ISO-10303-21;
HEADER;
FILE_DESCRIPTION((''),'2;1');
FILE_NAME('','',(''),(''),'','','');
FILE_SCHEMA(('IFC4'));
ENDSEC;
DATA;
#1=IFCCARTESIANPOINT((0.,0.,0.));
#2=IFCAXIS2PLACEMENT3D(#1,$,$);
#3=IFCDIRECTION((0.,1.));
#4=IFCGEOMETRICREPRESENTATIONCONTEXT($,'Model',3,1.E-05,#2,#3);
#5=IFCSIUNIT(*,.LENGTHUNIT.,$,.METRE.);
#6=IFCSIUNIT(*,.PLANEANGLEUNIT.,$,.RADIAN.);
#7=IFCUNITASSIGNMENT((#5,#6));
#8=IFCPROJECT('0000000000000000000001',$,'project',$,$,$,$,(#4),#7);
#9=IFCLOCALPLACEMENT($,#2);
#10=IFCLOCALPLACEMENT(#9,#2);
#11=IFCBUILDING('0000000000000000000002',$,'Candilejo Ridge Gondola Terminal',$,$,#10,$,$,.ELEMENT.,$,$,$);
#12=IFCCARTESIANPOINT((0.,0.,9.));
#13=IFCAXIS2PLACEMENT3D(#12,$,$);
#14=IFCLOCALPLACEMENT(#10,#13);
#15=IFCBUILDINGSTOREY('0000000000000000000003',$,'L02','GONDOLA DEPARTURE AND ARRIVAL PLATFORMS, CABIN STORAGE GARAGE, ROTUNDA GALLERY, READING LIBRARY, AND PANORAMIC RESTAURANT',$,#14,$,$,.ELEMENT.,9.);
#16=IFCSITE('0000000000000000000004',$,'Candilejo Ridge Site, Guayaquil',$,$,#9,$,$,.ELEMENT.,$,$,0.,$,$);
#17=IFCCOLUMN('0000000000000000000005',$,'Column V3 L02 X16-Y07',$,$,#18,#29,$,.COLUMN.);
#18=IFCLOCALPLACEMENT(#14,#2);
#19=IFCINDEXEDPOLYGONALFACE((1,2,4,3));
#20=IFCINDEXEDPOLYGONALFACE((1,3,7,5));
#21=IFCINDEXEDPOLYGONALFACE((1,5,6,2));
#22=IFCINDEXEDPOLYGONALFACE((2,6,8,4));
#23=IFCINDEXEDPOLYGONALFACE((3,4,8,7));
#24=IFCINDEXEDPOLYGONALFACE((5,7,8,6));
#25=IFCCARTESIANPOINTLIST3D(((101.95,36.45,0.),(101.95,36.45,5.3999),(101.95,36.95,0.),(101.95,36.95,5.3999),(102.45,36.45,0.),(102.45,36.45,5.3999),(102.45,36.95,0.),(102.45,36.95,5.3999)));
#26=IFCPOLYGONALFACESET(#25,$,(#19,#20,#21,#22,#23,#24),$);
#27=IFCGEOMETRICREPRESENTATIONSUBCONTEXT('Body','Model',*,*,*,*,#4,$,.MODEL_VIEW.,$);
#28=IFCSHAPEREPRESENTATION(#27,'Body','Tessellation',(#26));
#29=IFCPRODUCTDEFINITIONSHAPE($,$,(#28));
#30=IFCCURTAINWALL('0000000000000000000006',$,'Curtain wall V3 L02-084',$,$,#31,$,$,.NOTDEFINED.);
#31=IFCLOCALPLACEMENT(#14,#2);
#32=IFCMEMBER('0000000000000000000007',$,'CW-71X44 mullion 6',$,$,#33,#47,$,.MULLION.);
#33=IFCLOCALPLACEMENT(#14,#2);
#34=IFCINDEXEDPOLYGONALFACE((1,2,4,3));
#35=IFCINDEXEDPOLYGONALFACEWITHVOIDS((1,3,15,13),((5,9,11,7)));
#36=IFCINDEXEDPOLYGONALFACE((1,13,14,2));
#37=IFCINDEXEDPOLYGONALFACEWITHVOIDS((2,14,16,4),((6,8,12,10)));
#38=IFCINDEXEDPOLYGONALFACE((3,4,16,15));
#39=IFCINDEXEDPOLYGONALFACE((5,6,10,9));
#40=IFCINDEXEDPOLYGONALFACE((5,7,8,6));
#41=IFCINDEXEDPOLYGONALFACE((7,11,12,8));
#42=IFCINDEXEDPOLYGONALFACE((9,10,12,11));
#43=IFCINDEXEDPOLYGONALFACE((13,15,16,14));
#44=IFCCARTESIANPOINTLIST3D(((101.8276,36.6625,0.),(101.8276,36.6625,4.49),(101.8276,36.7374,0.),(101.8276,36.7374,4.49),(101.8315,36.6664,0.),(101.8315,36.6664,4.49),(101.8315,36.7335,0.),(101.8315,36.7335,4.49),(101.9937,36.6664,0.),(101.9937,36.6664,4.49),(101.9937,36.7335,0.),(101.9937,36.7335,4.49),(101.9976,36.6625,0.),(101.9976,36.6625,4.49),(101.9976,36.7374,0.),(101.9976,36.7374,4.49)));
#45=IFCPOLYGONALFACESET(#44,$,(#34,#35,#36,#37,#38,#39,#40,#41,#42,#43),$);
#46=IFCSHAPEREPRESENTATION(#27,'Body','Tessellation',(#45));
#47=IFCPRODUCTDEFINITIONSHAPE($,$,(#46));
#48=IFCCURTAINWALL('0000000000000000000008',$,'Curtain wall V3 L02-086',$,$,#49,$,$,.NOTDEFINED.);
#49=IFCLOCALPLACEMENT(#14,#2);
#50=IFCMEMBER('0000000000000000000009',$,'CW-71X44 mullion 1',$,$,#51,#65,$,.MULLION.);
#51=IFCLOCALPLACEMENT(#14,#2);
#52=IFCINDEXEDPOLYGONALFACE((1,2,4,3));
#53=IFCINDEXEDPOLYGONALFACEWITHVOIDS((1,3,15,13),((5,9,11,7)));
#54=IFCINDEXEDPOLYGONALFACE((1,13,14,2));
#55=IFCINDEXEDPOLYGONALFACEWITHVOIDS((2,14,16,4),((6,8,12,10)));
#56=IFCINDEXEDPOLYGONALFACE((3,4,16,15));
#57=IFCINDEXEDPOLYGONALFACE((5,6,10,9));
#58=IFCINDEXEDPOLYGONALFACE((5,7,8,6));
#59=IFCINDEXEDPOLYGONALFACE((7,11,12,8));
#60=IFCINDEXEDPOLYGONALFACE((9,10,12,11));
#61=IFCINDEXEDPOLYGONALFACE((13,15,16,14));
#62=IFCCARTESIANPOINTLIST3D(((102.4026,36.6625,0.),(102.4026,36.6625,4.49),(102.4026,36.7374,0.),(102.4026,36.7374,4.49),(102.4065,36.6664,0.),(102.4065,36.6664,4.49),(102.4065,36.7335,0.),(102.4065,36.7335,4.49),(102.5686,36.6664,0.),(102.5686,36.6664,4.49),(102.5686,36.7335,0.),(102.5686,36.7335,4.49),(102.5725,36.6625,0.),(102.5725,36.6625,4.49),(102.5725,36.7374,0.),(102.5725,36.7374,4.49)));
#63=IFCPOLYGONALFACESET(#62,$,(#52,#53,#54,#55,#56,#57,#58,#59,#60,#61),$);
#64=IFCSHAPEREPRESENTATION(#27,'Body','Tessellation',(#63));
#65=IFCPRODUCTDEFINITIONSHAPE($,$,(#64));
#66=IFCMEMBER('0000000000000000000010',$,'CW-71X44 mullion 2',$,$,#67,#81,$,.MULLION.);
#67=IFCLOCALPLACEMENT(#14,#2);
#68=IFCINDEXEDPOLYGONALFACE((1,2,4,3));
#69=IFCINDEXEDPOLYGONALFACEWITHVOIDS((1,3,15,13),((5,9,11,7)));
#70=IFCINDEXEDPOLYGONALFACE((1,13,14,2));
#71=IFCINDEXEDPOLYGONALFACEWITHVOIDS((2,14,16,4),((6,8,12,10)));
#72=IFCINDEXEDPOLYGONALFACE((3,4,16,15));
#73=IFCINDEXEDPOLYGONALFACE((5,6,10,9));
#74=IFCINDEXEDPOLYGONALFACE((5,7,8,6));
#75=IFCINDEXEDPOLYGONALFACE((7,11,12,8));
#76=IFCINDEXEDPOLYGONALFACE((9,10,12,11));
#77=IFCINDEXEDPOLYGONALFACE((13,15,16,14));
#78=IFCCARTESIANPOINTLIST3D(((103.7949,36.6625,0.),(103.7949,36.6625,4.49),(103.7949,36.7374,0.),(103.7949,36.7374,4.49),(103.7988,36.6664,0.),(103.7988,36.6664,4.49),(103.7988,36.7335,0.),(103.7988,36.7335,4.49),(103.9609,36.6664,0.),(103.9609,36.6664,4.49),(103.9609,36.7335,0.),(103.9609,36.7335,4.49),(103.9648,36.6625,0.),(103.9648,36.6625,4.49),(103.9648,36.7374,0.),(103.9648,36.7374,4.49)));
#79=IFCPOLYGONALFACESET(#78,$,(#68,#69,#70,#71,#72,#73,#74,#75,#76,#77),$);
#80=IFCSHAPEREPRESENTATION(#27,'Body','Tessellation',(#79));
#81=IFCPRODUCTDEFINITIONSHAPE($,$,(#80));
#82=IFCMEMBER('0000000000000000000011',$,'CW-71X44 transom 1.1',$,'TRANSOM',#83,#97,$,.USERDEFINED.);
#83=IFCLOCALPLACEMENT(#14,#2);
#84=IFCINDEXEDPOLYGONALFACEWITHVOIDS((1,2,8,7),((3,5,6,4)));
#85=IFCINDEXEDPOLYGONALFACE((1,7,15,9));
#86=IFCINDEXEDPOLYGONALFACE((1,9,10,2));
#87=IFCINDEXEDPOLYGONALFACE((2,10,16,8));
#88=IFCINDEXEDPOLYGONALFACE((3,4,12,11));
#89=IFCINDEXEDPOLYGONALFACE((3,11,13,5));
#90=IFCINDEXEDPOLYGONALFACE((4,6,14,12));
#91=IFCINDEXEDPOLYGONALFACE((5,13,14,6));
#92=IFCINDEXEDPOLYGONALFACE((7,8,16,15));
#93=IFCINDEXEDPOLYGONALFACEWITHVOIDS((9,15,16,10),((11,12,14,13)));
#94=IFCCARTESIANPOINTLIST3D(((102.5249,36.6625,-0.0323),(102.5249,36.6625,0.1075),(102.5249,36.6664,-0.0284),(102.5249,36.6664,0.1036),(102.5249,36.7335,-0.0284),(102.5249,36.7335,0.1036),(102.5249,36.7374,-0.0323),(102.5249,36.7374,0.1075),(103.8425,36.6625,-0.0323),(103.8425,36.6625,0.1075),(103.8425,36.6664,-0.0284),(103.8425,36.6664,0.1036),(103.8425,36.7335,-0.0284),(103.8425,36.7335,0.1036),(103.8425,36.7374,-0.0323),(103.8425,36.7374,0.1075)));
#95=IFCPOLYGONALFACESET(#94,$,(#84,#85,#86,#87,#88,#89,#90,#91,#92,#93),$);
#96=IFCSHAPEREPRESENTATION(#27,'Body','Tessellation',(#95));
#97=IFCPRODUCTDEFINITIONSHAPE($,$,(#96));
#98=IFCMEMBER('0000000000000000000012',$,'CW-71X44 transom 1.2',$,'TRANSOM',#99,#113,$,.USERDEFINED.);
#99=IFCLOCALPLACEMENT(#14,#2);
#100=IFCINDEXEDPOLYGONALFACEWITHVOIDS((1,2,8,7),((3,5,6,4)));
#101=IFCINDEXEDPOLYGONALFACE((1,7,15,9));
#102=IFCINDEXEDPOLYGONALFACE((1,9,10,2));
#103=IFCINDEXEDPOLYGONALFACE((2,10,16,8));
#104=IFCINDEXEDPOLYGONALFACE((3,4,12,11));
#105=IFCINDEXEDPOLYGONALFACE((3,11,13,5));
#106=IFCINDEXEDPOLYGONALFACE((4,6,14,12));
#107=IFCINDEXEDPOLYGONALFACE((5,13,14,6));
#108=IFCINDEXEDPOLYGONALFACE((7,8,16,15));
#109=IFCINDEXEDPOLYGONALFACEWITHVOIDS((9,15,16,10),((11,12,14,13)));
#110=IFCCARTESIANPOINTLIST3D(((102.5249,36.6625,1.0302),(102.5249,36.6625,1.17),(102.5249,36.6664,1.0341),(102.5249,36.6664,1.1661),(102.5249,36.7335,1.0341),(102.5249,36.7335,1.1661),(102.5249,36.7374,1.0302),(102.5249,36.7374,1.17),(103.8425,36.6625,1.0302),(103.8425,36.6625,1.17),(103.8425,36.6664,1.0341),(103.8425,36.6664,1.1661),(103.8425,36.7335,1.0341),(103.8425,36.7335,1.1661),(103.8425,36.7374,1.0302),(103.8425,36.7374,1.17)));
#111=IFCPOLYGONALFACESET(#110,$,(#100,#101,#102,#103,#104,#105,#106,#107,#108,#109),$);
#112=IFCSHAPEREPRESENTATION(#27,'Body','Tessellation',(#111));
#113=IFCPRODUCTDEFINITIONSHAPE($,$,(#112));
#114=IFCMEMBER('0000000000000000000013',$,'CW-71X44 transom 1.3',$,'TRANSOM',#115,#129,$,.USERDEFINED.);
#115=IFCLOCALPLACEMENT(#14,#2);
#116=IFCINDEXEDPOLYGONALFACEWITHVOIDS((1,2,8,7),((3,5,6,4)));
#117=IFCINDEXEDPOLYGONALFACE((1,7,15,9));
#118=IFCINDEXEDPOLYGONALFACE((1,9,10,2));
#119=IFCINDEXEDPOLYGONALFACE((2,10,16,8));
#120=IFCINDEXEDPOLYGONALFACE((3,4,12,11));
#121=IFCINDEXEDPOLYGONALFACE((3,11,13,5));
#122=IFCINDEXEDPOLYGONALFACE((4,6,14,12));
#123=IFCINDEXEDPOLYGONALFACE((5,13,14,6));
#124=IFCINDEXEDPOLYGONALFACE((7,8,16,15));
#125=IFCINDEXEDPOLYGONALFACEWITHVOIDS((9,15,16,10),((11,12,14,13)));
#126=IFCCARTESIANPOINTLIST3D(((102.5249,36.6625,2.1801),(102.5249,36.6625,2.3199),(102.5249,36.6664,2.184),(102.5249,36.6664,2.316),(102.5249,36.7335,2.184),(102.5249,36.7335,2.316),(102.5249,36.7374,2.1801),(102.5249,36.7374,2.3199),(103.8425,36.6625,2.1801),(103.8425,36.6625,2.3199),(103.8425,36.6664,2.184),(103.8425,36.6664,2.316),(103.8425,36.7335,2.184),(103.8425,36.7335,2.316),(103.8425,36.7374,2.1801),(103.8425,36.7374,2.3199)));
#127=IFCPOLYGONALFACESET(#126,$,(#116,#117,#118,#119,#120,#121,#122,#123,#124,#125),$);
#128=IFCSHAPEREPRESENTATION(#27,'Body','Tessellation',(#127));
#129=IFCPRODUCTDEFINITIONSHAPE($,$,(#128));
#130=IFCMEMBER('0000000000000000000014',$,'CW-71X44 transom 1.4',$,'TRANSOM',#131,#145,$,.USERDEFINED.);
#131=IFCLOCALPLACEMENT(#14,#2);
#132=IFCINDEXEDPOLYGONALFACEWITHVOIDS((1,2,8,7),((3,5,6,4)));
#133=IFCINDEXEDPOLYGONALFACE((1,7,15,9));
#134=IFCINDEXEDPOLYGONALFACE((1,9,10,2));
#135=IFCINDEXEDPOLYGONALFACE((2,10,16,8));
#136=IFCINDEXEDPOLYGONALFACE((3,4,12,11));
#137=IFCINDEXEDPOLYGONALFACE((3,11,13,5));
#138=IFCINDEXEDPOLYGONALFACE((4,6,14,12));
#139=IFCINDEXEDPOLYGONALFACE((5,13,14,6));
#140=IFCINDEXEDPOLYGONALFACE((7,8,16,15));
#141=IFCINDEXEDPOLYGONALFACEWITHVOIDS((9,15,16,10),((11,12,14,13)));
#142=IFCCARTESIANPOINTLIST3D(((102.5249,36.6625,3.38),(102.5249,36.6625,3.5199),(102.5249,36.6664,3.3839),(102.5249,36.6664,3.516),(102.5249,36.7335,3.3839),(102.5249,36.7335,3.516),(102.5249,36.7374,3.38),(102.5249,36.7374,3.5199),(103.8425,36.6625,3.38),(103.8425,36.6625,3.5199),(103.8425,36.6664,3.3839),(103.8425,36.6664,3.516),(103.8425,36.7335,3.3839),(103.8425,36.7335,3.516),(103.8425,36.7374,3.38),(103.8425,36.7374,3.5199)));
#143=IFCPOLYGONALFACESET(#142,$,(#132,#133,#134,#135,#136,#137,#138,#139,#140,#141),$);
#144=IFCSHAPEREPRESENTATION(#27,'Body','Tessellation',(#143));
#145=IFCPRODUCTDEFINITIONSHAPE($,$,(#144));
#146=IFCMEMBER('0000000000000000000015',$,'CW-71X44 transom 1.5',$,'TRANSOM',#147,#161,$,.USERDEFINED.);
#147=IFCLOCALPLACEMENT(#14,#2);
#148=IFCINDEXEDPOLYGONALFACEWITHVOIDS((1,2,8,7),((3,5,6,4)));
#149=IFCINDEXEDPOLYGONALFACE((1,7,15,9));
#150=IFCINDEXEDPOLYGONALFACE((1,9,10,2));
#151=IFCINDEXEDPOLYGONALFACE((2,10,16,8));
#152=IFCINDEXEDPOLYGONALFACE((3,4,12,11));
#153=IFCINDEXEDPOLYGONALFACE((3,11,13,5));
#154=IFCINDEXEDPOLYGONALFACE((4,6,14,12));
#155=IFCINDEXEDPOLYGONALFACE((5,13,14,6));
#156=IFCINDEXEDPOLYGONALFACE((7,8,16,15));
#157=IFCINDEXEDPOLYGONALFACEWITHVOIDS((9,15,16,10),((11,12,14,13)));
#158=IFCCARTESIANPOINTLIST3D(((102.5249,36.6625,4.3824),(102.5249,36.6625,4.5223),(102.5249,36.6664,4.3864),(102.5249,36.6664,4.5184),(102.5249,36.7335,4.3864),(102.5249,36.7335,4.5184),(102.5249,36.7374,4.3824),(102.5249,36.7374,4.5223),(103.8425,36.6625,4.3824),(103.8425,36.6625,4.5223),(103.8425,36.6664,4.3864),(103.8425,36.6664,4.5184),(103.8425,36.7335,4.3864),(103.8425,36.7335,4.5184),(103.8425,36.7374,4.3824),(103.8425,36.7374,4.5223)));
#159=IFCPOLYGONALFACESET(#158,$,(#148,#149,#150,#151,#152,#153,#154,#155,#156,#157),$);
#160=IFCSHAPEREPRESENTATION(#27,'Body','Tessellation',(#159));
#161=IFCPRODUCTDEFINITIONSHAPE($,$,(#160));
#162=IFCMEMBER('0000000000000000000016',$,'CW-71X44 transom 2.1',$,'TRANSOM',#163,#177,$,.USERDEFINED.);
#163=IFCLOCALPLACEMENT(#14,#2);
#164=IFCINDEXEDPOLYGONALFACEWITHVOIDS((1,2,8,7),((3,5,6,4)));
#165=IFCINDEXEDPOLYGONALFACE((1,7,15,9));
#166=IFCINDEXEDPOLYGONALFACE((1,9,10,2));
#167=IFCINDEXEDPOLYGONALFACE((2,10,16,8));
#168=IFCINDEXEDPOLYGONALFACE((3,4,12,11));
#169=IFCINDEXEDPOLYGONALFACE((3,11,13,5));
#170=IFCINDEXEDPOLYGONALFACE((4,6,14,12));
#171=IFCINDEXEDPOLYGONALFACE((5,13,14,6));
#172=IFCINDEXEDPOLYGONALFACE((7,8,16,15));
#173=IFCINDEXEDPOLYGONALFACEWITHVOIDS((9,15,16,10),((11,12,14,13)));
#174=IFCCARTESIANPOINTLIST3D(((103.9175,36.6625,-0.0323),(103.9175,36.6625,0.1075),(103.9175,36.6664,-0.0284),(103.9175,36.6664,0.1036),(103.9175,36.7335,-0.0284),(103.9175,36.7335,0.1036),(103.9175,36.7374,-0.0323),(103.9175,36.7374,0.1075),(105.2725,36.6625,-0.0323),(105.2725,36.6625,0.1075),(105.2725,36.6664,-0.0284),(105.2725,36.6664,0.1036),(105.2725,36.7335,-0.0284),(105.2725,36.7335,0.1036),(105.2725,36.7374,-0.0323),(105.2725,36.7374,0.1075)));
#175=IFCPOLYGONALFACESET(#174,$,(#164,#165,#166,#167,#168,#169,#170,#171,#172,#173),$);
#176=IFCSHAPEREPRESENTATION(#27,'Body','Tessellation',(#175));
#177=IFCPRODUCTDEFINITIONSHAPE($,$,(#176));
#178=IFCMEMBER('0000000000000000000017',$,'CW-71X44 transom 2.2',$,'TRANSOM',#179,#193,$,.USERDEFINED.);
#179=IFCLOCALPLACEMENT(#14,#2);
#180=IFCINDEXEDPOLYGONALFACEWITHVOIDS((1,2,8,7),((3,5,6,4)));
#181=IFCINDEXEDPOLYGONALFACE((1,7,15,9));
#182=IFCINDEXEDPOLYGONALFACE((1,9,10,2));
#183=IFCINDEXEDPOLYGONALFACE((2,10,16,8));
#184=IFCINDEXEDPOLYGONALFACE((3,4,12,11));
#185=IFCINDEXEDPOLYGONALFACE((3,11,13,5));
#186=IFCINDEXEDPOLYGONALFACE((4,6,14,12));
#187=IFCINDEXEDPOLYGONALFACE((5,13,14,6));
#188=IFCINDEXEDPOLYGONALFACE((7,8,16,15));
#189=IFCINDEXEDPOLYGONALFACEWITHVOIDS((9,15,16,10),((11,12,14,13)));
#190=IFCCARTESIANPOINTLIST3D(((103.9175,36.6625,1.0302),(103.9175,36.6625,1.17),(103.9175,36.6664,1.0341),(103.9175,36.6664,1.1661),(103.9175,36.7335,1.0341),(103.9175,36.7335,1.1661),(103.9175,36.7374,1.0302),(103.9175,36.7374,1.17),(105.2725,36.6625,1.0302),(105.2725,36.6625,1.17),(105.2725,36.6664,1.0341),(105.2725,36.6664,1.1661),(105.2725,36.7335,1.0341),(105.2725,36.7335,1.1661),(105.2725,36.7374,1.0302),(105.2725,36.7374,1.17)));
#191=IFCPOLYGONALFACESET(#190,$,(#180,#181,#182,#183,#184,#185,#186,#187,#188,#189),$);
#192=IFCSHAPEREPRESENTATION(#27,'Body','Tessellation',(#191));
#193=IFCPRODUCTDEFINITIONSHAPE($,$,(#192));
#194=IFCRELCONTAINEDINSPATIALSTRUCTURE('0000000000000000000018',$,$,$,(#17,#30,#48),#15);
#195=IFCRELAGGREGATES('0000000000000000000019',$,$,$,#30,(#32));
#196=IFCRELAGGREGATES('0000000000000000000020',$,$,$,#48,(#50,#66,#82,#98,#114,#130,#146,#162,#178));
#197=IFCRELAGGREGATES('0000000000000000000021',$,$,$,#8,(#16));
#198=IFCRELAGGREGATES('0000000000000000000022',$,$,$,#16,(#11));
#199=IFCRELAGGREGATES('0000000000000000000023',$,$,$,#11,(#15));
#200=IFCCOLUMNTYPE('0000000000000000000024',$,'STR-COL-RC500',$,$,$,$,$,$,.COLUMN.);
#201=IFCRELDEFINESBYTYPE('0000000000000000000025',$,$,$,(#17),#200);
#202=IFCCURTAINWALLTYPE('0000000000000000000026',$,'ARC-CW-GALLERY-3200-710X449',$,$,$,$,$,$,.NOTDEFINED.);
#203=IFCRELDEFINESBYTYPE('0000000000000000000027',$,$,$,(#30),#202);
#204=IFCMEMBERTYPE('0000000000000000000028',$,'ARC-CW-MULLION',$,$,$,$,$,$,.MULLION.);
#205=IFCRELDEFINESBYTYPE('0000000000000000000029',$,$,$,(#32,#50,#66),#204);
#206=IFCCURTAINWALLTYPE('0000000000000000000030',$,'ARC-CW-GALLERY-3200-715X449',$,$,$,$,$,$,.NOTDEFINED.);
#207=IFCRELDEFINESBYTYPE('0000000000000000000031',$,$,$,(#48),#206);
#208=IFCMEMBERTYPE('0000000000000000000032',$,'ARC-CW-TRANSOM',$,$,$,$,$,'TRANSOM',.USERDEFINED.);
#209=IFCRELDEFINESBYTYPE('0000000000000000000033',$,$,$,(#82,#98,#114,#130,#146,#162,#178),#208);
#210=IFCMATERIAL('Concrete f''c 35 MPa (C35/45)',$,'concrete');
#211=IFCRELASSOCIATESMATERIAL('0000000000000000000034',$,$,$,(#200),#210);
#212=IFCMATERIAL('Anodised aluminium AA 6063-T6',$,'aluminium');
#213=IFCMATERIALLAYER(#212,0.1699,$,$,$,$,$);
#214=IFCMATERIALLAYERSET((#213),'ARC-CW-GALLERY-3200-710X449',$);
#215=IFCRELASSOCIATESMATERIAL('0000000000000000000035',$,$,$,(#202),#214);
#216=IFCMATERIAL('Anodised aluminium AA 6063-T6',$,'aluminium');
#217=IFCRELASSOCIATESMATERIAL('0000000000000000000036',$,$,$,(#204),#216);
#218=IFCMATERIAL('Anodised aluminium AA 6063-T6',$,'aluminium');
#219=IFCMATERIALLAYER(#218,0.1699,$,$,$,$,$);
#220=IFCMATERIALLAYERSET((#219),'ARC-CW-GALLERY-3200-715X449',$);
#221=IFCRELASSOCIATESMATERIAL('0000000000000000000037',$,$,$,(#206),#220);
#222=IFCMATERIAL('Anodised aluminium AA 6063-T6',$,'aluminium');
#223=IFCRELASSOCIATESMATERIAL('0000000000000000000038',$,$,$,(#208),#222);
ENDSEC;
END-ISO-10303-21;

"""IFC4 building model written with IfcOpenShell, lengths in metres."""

from ifc_helpers import new_model, si_unit, direction, frame, origin, origin_2d, place, context, subcontext, project, spatial, rectangle, hollow_rectangle, extrude, material, layer, layer_set, material_profile, profile_set, type_object, element, aggregate, save


model = new_model("IFC4")

# Units and contexts
model_context = context("Model", 3, precision=1e-05, world=origin(), true_north=direction((0.0, 1.0)))
body_context = subcontext(model_context, "Body", "Model", "MODEL_VIEW")
ifc_project = project(units=[si_unit("LENGTHUNIT", "METRE"), si_unit("PLANEANGLEUNIT", "RADIAN")], contexts=[model_context])

# Site, building, storey
site_placement = place(None, origin())
site = spatial("IfcSite", under=ifc_project, at=site_placement, Name="Candilejo Ridge Site, Guayaquil", CompositionType="ELEMENT", RefElevation=0.0)
building_placement = place(site_placement, origin())
building = spatial("IfcBuilding", under=site, at=building_placement, Name="Candilejo Ridge Gondola Terminal", CompositionType="ELEMENT")
storey_placement = place(building_placement, frame((0.0, 0.0, 9.0)))
storey = spatial("IfcBuildingStorey", under=building, at=storey_placement, Name="L02", Description="GONDOLA DEPARTURE AND ARRIVAL PLATFORMS, CABIN STORAGE GARAGE, ROTUNDA GALLERY, READING LIBRARY, AND PANORAMIC RESTAURANT", CompositionType="ELEMENT", Elevation=9.0)

# Column
ifc_material_1 = material(Name="Concrete f'c 35 MPa (C35/45)", Category="concrete")
ifc_material_profile_1 = material_profile(ifc_material_1, rectangle(XDim=0.5, YDim=0.5, at=origin_2d()))
ifc_profile_set_1 = profile_set([ifc_material_profile_1], Name="Concrete f'c 35 MPa (C35/45)")
column_type = type_object("IfcColumnType", Name="STR-COL-RC500", PredefinedType="COLUMN", material=ifc_profile_set_1)
column_placement = place(storey_placement, frame((102.2, 36.7, 0.0), z_axis=(0.0, 0.0, 1.0), x_axis=(1.0, 0.0, 0.0)))
element("IfcColumn", 1, at=column_placement, inside=storey, type_object=column_type, Name="Column V3 L02 X16-Y07", PredefinedType="COLUMN", context=body_context, shape_type="SweptSolid", body=[
    extrude(rectangle(XDim=0.5, YDim=0.5, at=origin_2d()), origin(), (0.0, 0.0, 1.0), 5.3999),
])

# Curtain wall, member
ifc_material_2 = material(Name="Anodised aluminium AA 6063-T6", Category="aluminium")
ifc_layer_1 = layer(ifc_material_2, 0.1699)
ifc_layer_set_1 = layer_set([ifc_layer_1], Name="ARC-CW-GALLERY-3200-710X449")
curtain_wall_type_1 = type_object("IfcCurtainWallType", Name="ARC-CW-GALLERY-3200-710X449", PredefinedType="NOTDEFINED", material=ifc_layer_set_1)
curtain_wall_1_placement = place(storey_placement, origin())
curtain_wall_1 = element("IfcCurtainWall", 2, at=curtain_wall_1_placement, inside=storey, type_object=curtain_wall_type_1, Name="Curtain wall V3 L02-084", PredefinedType="NOTDEFINED")
ifc_material_3 = material(Name="Anodised aluminium AA 6063-T6", Category="aluminium")
ifc_material_profile_2 = material_profile(ifc_material_3, hollow_rectangle(XDim=0.075, YDim=0.1699, WallThickness=0.0039, at=origin_2d()))
ifc_profile_set_2 = profile_set([ifc_material_profile_2], Name="Anodised aluminium AA 6063-T6")
member_type_1 = type_object("IfcMemberType", Name="ARC-CW-MULLION", PredefinedType="MULLION", material=ifc_profile_set_2)
member_1_placement = place(storey_placement, frame((101.9126, 36.7, 0.0), z_axis=(0.0, 0.0, 1.0), x_axis=(0.0, 1.0, 0.0)))
member_1 = element("IfcMember", 3, at=member_1_placement, type_object=member_type_1, Name="CW-71X44 mullion 6", PredefinedType="MULLION", context=body_context, shape_type="SweptSolid", body=[
    extrude(hollow_rectangle(XDim=0.075, YDim=0.1699, WallThickness=0.0039, at=origin_2d()), origin(), (0.0, 0.0, 1.0), 4.49),
])

# Curtain wall, members
ifc_material_4 = material(Name="Anodised aluminium AA 6063-T6", Category="aluminium")
ifc_layer_2 = layer(ifc_material_4, 0.1699)
ifc_layer_set_2 = layer_set([ifc_layer_2], Name="ARC-CW-GALLERY-3200-715X449")
curtain_wall_type_2 = type_object("IfcCurtainWallType", Name="ARC-CW-GALLERY-3200-715X449", PredefinedType="NOTDEFINED", material=ifc_layer_set_2)
curtain_wall_2_placement = place(storey_placement, origin())
curtain_wall_2 = element("IfcCurtainWall", 4, at=curtain_wall_2_placement, inside=storey, type_object=curtain_wall_type_2, Name="Curtain wall V3 L02-086", PredefinedType="NOTDEFINED")
member_2_placement = place(storey_placement, frame((102.4875, 36.7, 0.0), z_axis=(0.0, 0.0, 1.0), x_axis=(0.0, 1.0, 0.0)))
member_2 = element("IfcMember", 5, at=member_2_placement, type_object=member_type_1, Name="CW-71X44 mullion 1", PredefinedType="MULLION", context=body_context, shape_type="SweptSolid", body=[
    extrude(hollow_rectangle(XDim=0.075, YDim=0.1699, WallThickness=0.0039, at=origin_2d()), origin(), (0.0, 0.0, 1.0), 4.49),
])
member_3_placement = place(storey_placement, frame((103.8799, 36.7, 0.0), z_axis=(0.0, 0.0, 1.0), x_axis=(0.0, 1.0, 0.0)))
member_3 = element("IfcMember", 6, at=member_3_placement, type_object=member_type_1, Name="CW-71X44 mullion 2", PredefinedType="MULLION", context=body_context, shape_type="SweptSolid", body=[
    extrude(hollow_rectangle(XDim=0.075, YDim=0.1699, WallThickness=0.0039, at=origin_2d()), origin(), (0.0, 0.0, 1.0), 4.49),
])
ifc_material_5 = material(Name="Anodised aluminium AA 6063-T6", Category="aluminium")
ifc_material_profile_3 = material_profile(ifc_material_5, hollow_rectangle(XDim=0.075, YDim=0.1399, WallThickness=0.0039, at=origin_2d()))
ifc_profile_set_3 = profile_set([ifc_material_profile_3], Name="Anodised aluminium AA 6063-T6")
member_type_2 = type_object("IfcMemberType", Name="ARC-CW-TRANSOM", ElementType="TRANSOM", PredefinedType="USERDEFINED", material=ifc_profile_set_3)
member_4_placement = place(storey_placement, frame((102.5249, 36.7, 0.0376), z_axis=(1.0, 0.0, 0.0), x_axis=(0.0, 1.0, 0.0)))
member_4 = element("IfcMember", 7, at=member_4_placement, type_object=member_type_2, Name="CW-71X44 transom 1.1", ObjectType="TRANSOM", PredefinedType="USERDEFINED", context=body_context, shape_type="SweptSolid", body=[
    extrude(hollow_rectangle(XDim=0.075, YDim=0.1399, WallThickness=0.0039, at=origin_2d()), origin(), (0.0, 0.0, 1.0), 1.3176),
])
member_5_placement = place(storey_placement, frame((102.5249, 36.7, 1.1001), z_axis=(1.0, 0.0, 0.0), x_axis=(0.0, 1.0, 0.0)))
member_5 = element("IfcMember", 8, at=member_5_placement, type_object=member_type_2, Name="CW-71X44 transom 1.2", ObjectType="TRANSOM", PredefinedType="USERDEFINED", context=body_context, shape_type="SweptSolid", body=[
    extrude(hollow_rectangle(XDim=0.075, YDim=0.1399, WallThickness=0.0039, at=origin_2d()), origin(), (0.0, 0.0, 1.0), 1.3176),
])
member_6_placement = place(storey_placement, frame((102.5249, 36.7, 2.25), z_axis=(1.0, 0.0, 0.0), x_axis=(0.0, 1.0, 0.0)))
member_6 = element("IfcMember", 9, at=member_6_placement, type_object=member_type_2, Name="CW-71X44 transom 1.3", ObjectType="TRANSOM", PredefinedType="USERDEFINED", context=body_context, shape_type="SweptSolid", body=[
    extrude(hollow_rectangle(XDim=0.075, YDim=0.1399, WallThickness=0.0039, at=origin_2d()), origin(), (0.0, 0.0, 1.0), 1.3176),
])
member_7_placement = place(storey_placement, frame((102.5249, 36.7, 3.45), z_axis=(1.0, 0.0, 0.0), x_axis=(0.0, 1.0, 0.0)))
member_7 = element("IfcMember", 10, at=member_7_placement, type_object=member_type_2, Name="CW-71X44 transom 1.4", ObjectType="TRANSOM", PredefinedType="USERDEFINED", context=body_context, shape_type="SweptSolid", body=[
    extrude(hollow_rectangle(XDim=0.075, YDim=0.1399, WallThickness=0.0039, at=origin_2d()), origin(), (0.0, 0.0, 1.0), 1.3176),
])
member_8_placement = place(storey_placement, frame((102.5249, 36.7, 4.4524), z_axis=(1.0, 0.0, 0.0), x_axis=(0.0, 1.0, 0.0)))
member_8 = element("IfcMember", 11, at=member_8_placement, type_object=member_type_2, Name="CW-71X44 transom 1.5", ObjectType="TRANSOM", PredefinedType="USERDEFINED", context=body_context, shape_type="SweptSolid", body=[
    extrude(hollow_rectangle(XDim=0.075, YDim=0.1399, WallThickness=0.0039, at=origin_2d()), origin(), (0.0, 0.0, 1.0), 1.3176),
])
member_9_placement = place(storey_placement, frame((103.9175, 36.7, 0.0376), z_axis=(1.0, 0.0, 0.0), x_axis=(0.0, 1.0, 0.0)))
member_9 = element("IfcMember", 12, at=member_9_placement, type_object=member_type_2, Name="CW-71X44 transom 2.1", ObjectType="TRANSOM", PredefinedType="USERDEFINED", context=body_context, shape_type="SweptSolid", body=[
    extrude(hollow_rectangle(XDim=0.075, YDim=0.1399, WallThickness=0.0039, at=origin_2d()), origin(), (0.0, 0.0, 1.0), 1.355),
])
member_10_placement = place(storey_placement, frame((103.9175, 36.7, 1.1001), z_axis=(1.0, 0.0, 0.0), x_axis=(0.0, 1.0, 0.0)))
member_10 = element("IfcMember", 13, at=member_10_placement, type_object=member_type_2, Name="CW-71X44 transom 2.2", ObjectType="TRANSOM", PredefinedType="USERDEFINED", context=body_context, shape_type="SweptSolid", body=[
    extrude(hollow_rectangle(XDim=0.075, YDim=0.1399, WallThickness=0.0039, at=origin_2d()), origin(), (0.0, 0.0, 1.0), 1.355),
])

aggregate(curtain_wall_1, [member_1])
aggregate(curtain_wall_2, [member_2, member_3, member_4, member_5, member_6, member_7, member_8, member_9, member_10])

save(model, "model.ifc")
